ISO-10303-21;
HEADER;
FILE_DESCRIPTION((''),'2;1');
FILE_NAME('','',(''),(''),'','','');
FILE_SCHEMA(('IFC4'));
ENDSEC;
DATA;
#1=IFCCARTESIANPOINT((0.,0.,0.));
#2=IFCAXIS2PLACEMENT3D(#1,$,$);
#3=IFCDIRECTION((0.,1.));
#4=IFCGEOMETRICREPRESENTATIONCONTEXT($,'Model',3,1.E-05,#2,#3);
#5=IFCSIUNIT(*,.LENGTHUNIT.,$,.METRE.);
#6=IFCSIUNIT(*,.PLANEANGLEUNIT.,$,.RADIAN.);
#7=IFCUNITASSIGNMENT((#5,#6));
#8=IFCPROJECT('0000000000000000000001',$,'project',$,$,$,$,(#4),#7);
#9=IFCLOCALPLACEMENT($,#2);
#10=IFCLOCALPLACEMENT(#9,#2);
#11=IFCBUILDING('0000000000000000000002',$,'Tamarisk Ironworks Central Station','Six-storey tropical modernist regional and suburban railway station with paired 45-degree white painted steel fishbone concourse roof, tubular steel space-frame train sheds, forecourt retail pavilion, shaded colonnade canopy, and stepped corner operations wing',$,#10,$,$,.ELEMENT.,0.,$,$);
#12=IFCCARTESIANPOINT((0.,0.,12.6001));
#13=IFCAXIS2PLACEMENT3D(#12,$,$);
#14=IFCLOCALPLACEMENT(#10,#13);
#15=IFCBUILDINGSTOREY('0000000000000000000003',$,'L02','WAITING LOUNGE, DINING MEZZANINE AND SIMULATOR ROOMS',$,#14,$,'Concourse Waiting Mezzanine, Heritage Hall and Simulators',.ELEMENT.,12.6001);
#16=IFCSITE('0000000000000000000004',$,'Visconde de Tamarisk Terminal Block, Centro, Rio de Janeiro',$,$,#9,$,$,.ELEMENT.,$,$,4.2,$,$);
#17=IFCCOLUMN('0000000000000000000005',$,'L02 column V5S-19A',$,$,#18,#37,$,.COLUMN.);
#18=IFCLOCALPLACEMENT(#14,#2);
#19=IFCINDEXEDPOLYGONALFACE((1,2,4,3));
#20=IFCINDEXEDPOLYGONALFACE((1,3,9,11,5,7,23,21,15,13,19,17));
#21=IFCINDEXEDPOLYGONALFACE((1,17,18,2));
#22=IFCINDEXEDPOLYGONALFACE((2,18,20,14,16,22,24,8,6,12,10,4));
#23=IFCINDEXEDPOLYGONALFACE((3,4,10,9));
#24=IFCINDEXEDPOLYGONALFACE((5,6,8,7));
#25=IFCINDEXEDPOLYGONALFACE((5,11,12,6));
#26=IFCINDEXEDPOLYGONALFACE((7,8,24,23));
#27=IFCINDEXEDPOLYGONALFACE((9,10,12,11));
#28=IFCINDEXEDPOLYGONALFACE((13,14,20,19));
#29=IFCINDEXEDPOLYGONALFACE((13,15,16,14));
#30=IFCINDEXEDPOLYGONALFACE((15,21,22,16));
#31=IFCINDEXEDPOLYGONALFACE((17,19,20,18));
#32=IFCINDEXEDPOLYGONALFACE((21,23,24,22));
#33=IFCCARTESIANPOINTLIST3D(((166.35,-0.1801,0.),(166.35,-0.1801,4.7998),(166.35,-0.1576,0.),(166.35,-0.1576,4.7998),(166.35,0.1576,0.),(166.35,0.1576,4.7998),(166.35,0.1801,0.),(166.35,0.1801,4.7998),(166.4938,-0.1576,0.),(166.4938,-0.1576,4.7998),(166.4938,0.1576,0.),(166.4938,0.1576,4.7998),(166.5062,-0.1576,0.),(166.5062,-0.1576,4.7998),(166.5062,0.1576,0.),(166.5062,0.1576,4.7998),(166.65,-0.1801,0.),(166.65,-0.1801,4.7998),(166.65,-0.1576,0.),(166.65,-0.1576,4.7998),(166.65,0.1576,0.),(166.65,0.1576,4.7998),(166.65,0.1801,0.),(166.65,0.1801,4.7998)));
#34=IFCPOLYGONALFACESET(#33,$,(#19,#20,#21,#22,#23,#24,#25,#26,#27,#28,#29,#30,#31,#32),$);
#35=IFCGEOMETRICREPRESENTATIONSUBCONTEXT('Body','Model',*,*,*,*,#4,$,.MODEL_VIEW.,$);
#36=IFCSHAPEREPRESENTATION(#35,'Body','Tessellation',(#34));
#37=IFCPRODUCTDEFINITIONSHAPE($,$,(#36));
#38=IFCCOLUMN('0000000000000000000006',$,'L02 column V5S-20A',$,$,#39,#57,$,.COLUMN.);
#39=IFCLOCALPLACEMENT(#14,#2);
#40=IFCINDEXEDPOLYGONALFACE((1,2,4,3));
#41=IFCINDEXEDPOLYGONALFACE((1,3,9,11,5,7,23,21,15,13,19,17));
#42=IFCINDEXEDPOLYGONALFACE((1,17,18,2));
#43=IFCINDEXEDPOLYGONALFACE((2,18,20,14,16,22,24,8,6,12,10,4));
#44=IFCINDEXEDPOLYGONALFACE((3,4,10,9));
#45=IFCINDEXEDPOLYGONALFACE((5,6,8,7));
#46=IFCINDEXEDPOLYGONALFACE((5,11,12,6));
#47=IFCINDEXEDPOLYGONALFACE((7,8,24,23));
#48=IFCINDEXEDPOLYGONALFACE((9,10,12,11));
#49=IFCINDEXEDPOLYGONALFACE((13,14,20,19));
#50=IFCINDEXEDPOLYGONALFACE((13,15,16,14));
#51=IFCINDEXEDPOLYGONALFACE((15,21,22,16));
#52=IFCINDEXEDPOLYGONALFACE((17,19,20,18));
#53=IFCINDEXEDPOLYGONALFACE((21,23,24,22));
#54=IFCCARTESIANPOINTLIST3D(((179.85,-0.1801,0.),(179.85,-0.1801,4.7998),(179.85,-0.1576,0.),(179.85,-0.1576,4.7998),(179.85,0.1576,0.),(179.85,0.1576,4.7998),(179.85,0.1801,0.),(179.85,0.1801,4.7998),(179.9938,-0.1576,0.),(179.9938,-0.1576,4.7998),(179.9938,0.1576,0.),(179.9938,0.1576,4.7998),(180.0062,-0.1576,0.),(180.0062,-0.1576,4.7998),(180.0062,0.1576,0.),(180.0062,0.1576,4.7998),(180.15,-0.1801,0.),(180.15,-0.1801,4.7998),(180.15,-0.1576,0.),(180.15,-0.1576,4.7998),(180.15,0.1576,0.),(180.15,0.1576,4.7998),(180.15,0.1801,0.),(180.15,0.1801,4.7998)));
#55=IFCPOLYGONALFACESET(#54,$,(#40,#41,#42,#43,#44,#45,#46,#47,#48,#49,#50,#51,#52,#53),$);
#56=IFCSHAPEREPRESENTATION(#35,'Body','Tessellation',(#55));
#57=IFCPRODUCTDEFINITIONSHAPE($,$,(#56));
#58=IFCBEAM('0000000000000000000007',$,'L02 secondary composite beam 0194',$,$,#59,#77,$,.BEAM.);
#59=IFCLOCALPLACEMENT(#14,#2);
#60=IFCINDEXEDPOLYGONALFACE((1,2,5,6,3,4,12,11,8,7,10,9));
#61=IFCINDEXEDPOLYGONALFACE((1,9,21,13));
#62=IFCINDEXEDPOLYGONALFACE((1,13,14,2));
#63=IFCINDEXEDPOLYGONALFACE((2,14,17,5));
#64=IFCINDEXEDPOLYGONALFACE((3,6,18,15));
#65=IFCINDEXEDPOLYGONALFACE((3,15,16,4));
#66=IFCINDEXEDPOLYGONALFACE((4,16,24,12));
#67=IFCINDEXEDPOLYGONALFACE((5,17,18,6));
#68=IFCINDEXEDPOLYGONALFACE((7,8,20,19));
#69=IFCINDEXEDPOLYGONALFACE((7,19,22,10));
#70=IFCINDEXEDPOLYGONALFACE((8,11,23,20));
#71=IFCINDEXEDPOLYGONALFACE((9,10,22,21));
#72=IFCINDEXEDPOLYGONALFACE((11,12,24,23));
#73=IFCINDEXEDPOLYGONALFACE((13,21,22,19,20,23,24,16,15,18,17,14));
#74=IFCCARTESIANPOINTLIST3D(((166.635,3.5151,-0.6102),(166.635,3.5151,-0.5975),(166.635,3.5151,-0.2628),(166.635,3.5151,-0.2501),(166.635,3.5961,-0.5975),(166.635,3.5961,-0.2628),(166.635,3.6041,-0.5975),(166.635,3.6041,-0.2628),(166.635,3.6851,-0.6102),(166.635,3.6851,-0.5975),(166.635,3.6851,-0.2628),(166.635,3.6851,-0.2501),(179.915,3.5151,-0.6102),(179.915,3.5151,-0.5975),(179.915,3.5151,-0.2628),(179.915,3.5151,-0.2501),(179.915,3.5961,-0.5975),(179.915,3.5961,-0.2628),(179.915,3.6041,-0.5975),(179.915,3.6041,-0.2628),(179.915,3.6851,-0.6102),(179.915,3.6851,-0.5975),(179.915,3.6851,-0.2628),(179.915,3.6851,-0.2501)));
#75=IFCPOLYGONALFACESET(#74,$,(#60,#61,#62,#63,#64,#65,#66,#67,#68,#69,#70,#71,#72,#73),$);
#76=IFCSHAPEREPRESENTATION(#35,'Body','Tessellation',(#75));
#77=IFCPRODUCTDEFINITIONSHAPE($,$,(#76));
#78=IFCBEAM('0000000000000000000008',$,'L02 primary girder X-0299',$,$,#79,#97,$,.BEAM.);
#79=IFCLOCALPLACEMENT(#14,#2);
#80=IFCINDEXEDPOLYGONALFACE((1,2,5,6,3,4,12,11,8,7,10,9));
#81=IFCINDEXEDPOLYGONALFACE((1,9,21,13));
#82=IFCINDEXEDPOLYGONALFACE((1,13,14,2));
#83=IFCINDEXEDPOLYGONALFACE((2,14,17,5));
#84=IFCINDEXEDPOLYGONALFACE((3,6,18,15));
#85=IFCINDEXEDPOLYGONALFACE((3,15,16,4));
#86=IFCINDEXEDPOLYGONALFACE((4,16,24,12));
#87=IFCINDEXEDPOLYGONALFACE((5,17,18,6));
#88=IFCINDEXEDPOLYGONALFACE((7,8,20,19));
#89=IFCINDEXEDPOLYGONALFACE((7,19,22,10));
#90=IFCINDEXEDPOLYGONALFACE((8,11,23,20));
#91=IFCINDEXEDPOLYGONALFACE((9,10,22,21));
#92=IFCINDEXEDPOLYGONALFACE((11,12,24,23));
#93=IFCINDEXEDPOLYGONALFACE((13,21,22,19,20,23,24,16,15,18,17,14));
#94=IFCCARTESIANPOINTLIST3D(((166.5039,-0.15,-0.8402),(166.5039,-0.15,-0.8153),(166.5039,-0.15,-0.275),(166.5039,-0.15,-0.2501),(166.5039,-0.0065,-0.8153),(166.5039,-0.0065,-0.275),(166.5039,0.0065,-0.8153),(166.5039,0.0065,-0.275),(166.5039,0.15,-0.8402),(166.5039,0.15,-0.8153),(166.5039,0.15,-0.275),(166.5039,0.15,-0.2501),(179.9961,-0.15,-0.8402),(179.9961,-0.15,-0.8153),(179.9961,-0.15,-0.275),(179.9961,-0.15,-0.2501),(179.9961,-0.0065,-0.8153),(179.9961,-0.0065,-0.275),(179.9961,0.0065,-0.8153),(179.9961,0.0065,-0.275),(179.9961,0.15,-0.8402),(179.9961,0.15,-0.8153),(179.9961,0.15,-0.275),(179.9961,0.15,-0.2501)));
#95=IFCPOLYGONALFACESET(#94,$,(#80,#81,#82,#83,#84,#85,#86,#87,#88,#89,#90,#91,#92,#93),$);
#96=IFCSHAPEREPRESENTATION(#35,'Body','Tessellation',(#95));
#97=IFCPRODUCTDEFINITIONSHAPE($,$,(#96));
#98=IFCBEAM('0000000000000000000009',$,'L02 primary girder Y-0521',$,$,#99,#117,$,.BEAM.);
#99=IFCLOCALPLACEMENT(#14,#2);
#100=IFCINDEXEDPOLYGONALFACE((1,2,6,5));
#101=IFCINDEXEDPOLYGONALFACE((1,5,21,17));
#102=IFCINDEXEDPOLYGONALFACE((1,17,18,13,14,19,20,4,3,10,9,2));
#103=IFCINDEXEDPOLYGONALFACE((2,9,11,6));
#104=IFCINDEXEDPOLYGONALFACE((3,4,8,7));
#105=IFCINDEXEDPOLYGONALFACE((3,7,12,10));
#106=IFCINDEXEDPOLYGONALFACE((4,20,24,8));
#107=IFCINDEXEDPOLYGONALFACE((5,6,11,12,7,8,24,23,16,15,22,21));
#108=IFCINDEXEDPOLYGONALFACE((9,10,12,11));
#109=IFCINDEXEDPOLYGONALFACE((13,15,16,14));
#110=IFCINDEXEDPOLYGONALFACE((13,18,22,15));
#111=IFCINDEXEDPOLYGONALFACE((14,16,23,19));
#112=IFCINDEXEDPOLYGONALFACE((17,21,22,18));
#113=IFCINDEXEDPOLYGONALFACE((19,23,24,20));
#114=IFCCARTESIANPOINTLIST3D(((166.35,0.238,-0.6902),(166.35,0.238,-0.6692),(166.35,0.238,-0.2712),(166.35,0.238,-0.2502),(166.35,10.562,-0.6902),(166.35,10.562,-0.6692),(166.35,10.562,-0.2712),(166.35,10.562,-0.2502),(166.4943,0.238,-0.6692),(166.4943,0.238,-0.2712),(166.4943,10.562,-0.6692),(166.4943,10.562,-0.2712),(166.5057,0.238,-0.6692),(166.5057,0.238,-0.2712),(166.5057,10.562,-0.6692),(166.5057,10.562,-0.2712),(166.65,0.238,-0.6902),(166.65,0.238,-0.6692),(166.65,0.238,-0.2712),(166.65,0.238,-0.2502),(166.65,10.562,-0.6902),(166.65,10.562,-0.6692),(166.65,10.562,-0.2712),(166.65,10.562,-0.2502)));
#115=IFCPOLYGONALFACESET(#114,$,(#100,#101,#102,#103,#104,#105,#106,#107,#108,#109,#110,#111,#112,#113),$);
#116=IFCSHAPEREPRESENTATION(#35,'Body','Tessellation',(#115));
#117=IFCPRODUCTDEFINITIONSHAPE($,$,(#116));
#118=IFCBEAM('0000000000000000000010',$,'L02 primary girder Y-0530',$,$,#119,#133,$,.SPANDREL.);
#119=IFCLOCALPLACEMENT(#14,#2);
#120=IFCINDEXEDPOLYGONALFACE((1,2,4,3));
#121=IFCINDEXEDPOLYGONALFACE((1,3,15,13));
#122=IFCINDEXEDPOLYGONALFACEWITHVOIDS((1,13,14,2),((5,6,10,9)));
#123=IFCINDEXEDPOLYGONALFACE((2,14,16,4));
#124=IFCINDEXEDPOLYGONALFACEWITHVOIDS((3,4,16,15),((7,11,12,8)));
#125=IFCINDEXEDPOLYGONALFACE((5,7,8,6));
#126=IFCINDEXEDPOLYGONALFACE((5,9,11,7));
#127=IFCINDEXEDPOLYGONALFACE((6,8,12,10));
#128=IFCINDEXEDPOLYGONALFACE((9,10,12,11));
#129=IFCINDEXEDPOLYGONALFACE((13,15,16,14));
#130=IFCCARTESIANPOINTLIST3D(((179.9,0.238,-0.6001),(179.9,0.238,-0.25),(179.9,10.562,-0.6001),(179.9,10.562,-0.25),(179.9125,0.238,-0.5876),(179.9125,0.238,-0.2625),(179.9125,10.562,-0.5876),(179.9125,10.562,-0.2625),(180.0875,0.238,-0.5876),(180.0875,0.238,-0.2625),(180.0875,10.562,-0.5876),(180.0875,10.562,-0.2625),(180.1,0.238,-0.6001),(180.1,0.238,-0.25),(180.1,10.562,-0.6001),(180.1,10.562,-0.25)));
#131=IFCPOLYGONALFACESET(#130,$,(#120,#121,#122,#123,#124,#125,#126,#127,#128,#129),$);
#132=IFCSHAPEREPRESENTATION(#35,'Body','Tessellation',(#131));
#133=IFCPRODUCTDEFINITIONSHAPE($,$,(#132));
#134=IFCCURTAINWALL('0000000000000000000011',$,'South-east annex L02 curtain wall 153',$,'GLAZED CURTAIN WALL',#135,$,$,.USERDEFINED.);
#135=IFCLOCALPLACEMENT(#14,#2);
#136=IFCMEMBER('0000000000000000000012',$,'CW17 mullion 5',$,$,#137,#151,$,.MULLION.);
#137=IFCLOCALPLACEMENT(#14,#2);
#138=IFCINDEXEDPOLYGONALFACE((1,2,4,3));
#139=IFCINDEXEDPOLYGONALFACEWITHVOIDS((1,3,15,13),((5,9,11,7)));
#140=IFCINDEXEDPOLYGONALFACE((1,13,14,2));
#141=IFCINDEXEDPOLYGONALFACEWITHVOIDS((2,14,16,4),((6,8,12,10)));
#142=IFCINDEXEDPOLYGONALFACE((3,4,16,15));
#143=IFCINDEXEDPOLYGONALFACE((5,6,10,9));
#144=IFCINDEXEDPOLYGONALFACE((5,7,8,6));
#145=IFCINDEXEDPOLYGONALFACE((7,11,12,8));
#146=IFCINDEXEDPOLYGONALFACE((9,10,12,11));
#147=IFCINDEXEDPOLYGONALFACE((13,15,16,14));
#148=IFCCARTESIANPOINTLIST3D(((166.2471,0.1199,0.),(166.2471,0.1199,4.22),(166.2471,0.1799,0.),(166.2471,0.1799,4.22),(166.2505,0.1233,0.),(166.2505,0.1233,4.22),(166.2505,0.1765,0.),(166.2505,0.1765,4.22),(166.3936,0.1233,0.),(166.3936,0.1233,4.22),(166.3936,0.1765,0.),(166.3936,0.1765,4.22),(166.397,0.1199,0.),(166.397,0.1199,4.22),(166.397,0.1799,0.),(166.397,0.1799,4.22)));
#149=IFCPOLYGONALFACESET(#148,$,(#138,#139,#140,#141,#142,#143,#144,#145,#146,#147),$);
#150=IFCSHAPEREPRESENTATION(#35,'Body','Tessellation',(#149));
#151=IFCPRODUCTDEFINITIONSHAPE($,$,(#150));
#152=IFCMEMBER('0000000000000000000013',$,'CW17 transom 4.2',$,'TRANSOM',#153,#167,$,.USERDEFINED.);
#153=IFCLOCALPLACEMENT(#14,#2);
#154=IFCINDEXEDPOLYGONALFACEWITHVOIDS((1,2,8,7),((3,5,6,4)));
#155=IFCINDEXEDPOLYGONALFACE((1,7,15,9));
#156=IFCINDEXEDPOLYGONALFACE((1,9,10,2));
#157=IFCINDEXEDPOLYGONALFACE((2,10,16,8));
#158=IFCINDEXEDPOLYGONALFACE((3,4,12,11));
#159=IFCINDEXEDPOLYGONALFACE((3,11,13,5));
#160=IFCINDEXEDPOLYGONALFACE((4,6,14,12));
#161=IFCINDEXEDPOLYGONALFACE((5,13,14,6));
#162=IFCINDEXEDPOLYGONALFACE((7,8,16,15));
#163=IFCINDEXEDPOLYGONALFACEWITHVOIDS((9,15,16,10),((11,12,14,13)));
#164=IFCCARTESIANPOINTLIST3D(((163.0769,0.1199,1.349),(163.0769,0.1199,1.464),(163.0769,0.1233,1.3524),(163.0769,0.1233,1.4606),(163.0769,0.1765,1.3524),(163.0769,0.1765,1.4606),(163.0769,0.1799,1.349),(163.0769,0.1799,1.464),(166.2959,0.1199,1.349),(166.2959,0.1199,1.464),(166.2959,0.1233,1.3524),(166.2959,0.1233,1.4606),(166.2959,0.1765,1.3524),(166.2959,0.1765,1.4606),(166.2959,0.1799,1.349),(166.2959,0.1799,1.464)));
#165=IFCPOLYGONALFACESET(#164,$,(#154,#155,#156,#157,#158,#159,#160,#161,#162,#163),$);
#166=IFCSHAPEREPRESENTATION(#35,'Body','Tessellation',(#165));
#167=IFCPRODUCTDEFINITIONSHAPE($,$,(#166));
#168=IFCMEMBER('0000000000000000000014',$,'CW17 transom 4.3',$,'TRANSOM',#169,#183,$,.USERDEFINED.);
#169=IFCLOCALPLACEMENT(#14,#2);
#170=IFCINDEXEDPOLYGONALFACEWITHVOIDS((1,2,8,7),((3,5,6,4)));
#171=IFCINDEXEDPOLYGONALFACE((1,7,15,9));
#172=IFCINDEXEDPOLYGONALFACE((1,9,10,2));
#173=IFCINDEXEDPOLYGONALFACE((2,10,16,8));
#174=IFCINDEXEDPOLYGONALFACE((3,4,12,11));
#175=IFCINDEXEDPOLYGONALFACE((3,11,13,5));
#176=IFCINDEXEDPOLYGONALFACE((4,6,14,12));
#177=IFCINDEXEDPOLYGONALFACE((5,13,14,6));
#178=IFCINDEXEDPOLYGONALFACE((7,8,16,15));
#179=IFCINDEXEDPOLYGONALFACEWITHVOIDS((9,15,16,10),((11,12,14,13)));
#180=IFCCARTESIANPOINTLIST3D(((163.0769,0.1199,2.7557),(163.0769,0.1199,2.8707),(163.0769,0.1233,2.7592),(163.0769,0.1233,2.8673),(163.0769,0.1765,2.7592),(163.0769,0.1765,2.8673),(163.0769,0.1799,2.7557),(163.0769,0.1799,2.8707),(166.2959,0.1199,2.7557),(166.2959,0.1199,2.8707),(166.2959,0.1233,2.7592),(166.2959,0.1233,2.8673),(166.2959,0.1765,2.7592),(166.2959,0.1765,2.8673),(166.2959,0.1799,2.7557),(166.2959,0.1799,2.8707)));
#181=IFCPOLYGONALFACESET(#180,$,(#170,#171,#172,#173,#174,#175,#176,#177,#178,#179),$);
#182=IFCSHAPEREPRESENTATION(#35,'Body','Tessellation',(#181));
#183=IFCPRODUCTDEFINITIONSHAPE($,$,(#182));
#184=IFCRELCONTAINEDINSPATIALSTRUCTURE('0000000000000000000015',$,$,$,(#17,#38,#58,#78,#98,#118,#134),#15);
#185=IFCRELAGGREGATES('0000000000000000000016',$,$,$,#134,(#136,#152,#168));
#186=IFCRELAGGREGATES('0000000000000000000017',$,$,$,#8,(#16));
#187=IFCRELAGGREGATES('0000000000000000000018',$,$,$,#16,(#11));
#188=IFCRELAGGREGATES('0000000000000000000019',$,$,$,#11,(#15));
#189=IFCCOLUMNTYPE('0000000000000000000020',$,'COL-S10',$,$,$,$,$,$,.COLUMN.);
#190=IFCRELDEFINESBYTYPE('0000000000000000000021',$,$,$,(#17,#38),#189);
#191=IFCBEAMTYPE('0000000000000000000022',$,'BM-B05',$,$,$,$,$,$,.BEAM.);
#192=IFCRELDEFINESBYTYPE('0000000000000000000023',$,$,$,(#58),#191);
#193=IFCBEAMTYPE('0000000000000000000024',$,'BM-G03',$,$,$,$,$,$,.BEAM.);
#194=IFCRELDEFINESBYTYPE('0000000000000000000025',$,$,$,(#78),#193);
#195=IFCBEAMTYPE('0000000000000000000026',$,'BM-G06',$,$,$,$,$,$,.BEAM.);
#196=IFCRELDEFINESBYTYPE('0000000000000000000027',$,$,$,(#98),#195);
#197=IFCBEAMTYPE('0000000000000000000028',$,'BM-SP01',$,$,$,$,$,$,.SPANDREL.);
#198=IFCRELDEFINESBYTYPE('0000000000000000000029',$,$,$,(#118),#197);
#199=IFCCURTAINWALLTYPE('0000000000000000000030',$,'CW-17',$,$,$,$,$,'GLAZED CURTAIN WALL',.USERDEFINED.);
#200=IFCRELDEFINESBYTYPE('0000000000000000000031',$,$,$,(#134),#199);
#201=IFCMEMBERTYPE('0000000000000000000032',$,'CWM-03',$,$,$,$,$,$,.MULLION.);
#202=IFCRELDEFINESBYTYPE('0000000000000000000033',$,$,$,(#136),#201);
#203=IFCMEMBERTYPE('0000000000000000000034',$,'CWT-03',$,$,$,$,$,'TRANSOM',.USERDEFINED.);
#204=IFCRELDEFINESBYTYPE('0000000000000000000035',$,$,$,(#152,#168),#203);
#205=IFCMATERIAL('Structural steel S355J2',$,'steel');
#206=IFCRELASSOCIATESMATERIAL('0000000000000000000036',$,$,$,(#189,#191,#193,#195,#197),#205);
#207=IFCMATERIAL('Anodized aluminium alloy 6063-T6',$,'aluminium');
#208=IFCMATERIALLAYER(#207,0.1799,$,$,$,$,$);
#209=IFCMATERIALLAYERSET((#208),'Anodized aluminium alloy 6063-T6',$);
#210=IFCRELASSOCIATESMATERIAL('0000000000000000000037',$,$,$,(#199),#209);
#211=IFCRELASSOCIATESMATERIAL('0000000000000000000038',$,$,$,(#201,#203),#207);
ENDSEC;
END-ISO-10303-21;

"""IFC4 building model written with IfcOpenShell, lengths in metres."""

from ifc_helpers import new_model, si_unit, direction, frame, origin, origin_2d, place, context, subcontext, project, spatial, hollow_rectangle, i_section, extrude, material, layer, layer_set, material_profile, profile_set, type_object, element, aggregate, save


model = new_model("IFC4")

# Units and contexts
model_context = context("Model", 3, precision=1e-05, world=origin(), true_north=direction((0.0, 1.0)))
body_context = subcontext(model_context, "Body", "Model", "MODEL_VIEW")
ifc_project = project(units=[si_unit("LENGTHUNIT", "METRE"), si_unit("PLANEANGLEUNIT", "RADIAN")], contexts=[model_context])

# Site, building, storey
site_placement = place(None, origin())
site = spatial("IfcSite", under=ifc_project, at=site_placement, Name="Visconde de Tamarisk Terminal Block, Centro, Rio de Janeiro", CompositionType="ELEMENT", RefElevation=4.2)
building_placement = place(site_placement, origin())
building = spatial("IfcBuilding", under=site, at=building_placement, Name="Tamarisk Ironworks Central Station", Description="Six-storey tropical modernist regional and suburban railway station with paired 45-degree white painted steel fishbone concourse roof, tubular steel space-frame train sheds, forecourt retail pavilion, shaded colonnade canopy, and stepped corner operations wing", CompositionType="ELEMENT", ElevationOfRefHeight=0.0)
storey_placement = place(building_placement, frame((0.0, 0.0, 12.6001)))
storey = spatial("IfcBuildingStorey", under=building, at=storey_placement, Name="L02", Description="WAITING LOUNGE, DINING MEZZANINE AND SIMULATOR ROOMS", LongName="Concourse Waiting Mezzanine, Heritage Hall and Simulators", CompositionType="ELEMENT", Elevation=12.6001)

# Columns
ifc_material_1 = material(Name="Structural steel S355J2", Category="steel")
ifc_material_profile_1 = material_profile(ifc_material_1, i_section(OverallWidth=0.3, OverallDepth=0.3601, WebThickness=0.0125, FlangeThickness=0.0225, at=origin_2d()), Name="HEB 360")
ifc_profile_set_1 = profile_set([ifc_material_profile_1], Name="Structural steel S355J2")
column_type = type_object("IfcColumnType", Name="COL-S10", PredefinedType="COLUMN", material=ifc_profile_set_1)
for number, where, z_axis, x_axis, name in (
    (1, (166.5, 0.0, 0.0), (0.0, 0.0, 1.0), (1.0, 0.0, 0.0), "L02 column V5S-19A"),
    (2, (180.0, 0.0, 0.0), (0.0, 0.0, 1.0), (1.0, 0.0, 0.0), "L02 column V5S-20A"),
):
    element("IfcColumn", number, at=place(storey_placement, frame(where, z_axis=z_axis, x_axis=x_axis)), inside=storey, type_object=column_type, Name=name, PredefinedType="COLUMN", context=body_context, shape_type="SweptSolid", body=[
        extrude(i_section(OverallWidth=0.3, OverallDepth=0.3601, WebThickness=0.0125, FlangeThickness=0.0225, at=origin_2d()), origin(), (0.0, 0.0, 1.0), 4.7998),
    ])

# Beams
ifc_material_profile_2 = material_profile(ifc_material_1, i_section(OverallWidth=0.1699, OverallDepth=0.3601, WebThickness=0.0081, FlangeThickness=0.0127, at=origin_2d()), Name="IPE 360")
ifc_profile_set_2 = profile_set([ifc_material_profile_2], Name="Structural steel S355J2")
beam_type_1 = type_object("IfcBeamType", Name="BM-B05", PredefinedType="BEAM", material=ifc_profile_set_2)
beam_1_placement = place(storey_placement, frame((166.635, 3.6001, -0.4302), z_axis=(1.0, 0.0, 0.0), x_axis=(0.0, 1.0, 0.0)))
element("IfcBeam", 3, at=beam_1_placement, inside=storey, type_object=beam_type_1, Name="L02 secondary composite beam 0194", PredefinedType="BEAM", context=body_context, shape_type="SweptSolid", body=[
    extrude(i_section(OverallWidth=0.1699, OverallDepth=0.3601, WebThickness=0.0081, FlangeThickness=0.0127, at=origin_2d()), origin(), (0.0, 0.0, 1.0), 13.28),
])
ifc_material_profile_3 = material_profile(ifc_material_1, i_section(OverallWidth=0.3, OverallDepth=0.5901, WebThickness=0.0129, FlangeThickness=0.0249, at=origin_2d()), Name="HEA 600")
ifc_profile_set_3 = profile_set([ifc_material_profile_3], Name="Structural steel S355J2")
beam_type_2 = type_object("IfcBeamType", Name="BM-G03", PredefinedType="BEAM", material=ifc_profile_set_3)
beam_2_placement = place(storey_placement, frame((166.5039, 0.0, -0.5452), z_axis=(1.0, 0.0, 0.0), x_axis=(0.0, 1.0, 0.0)))
element("IfcBeam", 4, at=beam_2_placement, inside=storey, type_object=beam_type_2, Name="L02 primary girder X-0299", PredefinedType="BEAM", context=body_context, shape_type="SweptSolid", body=[
    extrude(i_section(OverallWidth=0.3, OverallDepth=0.5901, WebThickness=0.0129, FlangeThickness=0.0249, at=origin_2d()), origin(), (0.0, 0.0, 1.0), 13.4922),
])
ifc_material_profile_4 = material_profile(ifc_material_1, i_section(OverallWidth=0.3, OverallDepth=0.4399, WebThickness=0.0115, FlangeThickness=0.021, at=origin_2d()), Name="HEA 450")
ifc_profile_set_4 = profile_set([ifc_material_profile_4], Name="Structural steel S355J2")
beam_type_3 = type_object("IfcBeamType", Name="BM-G06", PredefinedType="BEAM", material=ifc_profile_set_4)
beam_3_placement = place(storey_placement, frame((166.5, 0.238, -0.4702), z_axis=(0.0, 1.0, 0.0), x_axis=(-1.0, 0.0, 0.0)))
element("IfcBeam", 5, at=beam_3_placement, inside=storey, type_object=beam_type_3, Name="L02 primary girder Y-0521", PredefinedType="BEAM", context=body_context, shape_type="SweptSolid", body=[
    extrude(i_section(OverallWidth=0.3, OverallDepth=0.4399, WebThickness=0.0115, FlangeThickness=0.021, at=origin_2d()), origin(), (0.0, 0.0, 1.0), 10.324),
])
ifc_material_profile_5 = material_profile(ifc_material_1, hollow_rectangle(XDim=0.2, YDim=0.3501, WallThickness=0.0125, at=origin_2d()), Name="RHS 350x200x12.5")
ifc_profile_set_5 = profile_set([ifc_material_profile_5], Name="Structural steel S355J2")
beam_type_4 = type_object("IfcBeamType", Name="BM-SP01", PredefinedType="SPANDREL", material=ifc_profile_set_5)
beam_4_placement = place(storey_placement, frame((180.0, 0.238, -0.425), z_axis=(0.0, 1.0, 0.0), x_axis=(-1.0, 0.0, 0.0)))
element("IfcBeam", 6, at=beam_4_placement, inside=storey, type_object=beam_type_4, Name="L02 primary girder Y-0530", PredefinedType="SPANDREL", context=body_context, shape_type="SweptSolid", body=[
    extrude(hollow_rectangle(XDim=0.2, YDim=0.3501, WallThickness=0.0125, at=origin_2d()), origin(), (0.0, 0.0, 1.0), 10.324),
])

# Curtain wall, members
ifc_material_2 = material(Name="Anodized aluminium alloy 6063-T6", Category="aluminium")
ifc_layer_1 = layer(ifc_material_2, 0.1799)
ifc_layer_set_1 = layer_set([ifc_layer_1], Name="Anodized aluminium alloy 6063-T6")
curtain_wall_type = type_object("IfcCurtainWallType", Name="CW-17", ElementType="GLAZED CURTAIN WALL", PredefinedType="USERDEFINED", material=ifc_layer_set_1)
curtain_wall_placement = place(storey_placement, origin())
curtain_wall = element("IfcCurtainWall", 7, at=curtain_wall_placement, inside=storey, type_object=curtain_wall_type, Name="South-east annex L02 curtain wall 153", ObjectType="GLAZED CURTAIN WALL", PredefinedType="USERDEFINED")
ifc_material_profile_6 = material_profile(ifc_material_2, hollow_rectangle(XDim=0.0601, YDim=0.1499, WallThickness=0.0034, at=origin_2d()), Name="ALUM 150x60")
ifc_profile_set_6 = profile_set([ifc_material_profile_6], Name="Anodized aluminium alloy 6063-T6")
member_type_1 = type_object("IfcMemberType", Name="CWM-03", PredefinedType="MULLION", material=ifc_profile_set_6)
member_1_placement = place(storey_placement, frame((166.322, 0.1499, 0.0), z_axis=(0.0, 0.0, 1.0), x_axis=(0.0, 1.0, 0.0)))
member_1 = element("IfcMember", 8, at=member_1_placement, type_object=member_type_1, Name="CW17 mullion 5", PredefinedType="MULLION", context=body_context, shape_type="SweptSolid", body=[
    extrude(hollow_rectangle(XDim=0.0601, YDim=0.1499, WallThickness=0.0034, at=origin_2d()), origin(), (0.0, 0.0, 1.0), 4.22),
])
ifc_material_profile_7 = material_profile(ifc_material_2, hollow_rectangle(XDim=0.0601, YDim=0.115, WallThickness=0.0034, at=origin_2d()), Name="ALUM 115x60")
ifc_profile_set_7 = profile_set([ifc_material_profile_7], Name="Anodized aluminium alloy 6063-T6")
member_type_2 = type_object("IfcMemberType", Name="CWT-03", ElementType="TRANSOM", PredefinedType="USERDEFINED", material=ifc_profile_set_7)
member_2_placement = place(storey_placement, frame((163.0769, 0.1499, 1.4065), z_axis=(1.0, 0.0, 0.0), x_axis=(0.0, 1.0, 0.0)))
member_2 = element("IfcMember", 9, at=member_2_placement, type_object=member_type_2, Name="CW17 transom 4.2", ObjectType="TRANSOM", PredefinedType="USERDEFINED", context=body_context, shape_type="SweptSolid", body=[
    extrude(hollow_rectangle(XDim=0.0601, YDim=0.115, WallThickness=0.0034, at=origin_2d()), origin(), (0.0, 0.0, 1.0), 3.219),
])
member_3_placement = place(storey_placement, frame((163.0769, 0.1499, 2.8132), z_axis=(1.0, 0.0, 0.0), x_axis=(0.0, 1.0, 0.0)))
member_3 = element("IfcMember", 10, at=member_3_placement, type_object=member_type_2, Name="CW17 transom 4.3", ObjectType="TRANSOM", PredefinedType="USERDEFINED", context=body_context, shape_type="SweptSolid", body=[
    extrude(hollow_rectangle(XDim=0.0601, YDim=0.115, WallThickness=0.0034, at=origin_2d()), origin(), (0.0, 0.0, 1.0), 3.219),
])
aggregate(curtain_wall, [member_1, member_2, member_3])

save(model, "model.ifc")
